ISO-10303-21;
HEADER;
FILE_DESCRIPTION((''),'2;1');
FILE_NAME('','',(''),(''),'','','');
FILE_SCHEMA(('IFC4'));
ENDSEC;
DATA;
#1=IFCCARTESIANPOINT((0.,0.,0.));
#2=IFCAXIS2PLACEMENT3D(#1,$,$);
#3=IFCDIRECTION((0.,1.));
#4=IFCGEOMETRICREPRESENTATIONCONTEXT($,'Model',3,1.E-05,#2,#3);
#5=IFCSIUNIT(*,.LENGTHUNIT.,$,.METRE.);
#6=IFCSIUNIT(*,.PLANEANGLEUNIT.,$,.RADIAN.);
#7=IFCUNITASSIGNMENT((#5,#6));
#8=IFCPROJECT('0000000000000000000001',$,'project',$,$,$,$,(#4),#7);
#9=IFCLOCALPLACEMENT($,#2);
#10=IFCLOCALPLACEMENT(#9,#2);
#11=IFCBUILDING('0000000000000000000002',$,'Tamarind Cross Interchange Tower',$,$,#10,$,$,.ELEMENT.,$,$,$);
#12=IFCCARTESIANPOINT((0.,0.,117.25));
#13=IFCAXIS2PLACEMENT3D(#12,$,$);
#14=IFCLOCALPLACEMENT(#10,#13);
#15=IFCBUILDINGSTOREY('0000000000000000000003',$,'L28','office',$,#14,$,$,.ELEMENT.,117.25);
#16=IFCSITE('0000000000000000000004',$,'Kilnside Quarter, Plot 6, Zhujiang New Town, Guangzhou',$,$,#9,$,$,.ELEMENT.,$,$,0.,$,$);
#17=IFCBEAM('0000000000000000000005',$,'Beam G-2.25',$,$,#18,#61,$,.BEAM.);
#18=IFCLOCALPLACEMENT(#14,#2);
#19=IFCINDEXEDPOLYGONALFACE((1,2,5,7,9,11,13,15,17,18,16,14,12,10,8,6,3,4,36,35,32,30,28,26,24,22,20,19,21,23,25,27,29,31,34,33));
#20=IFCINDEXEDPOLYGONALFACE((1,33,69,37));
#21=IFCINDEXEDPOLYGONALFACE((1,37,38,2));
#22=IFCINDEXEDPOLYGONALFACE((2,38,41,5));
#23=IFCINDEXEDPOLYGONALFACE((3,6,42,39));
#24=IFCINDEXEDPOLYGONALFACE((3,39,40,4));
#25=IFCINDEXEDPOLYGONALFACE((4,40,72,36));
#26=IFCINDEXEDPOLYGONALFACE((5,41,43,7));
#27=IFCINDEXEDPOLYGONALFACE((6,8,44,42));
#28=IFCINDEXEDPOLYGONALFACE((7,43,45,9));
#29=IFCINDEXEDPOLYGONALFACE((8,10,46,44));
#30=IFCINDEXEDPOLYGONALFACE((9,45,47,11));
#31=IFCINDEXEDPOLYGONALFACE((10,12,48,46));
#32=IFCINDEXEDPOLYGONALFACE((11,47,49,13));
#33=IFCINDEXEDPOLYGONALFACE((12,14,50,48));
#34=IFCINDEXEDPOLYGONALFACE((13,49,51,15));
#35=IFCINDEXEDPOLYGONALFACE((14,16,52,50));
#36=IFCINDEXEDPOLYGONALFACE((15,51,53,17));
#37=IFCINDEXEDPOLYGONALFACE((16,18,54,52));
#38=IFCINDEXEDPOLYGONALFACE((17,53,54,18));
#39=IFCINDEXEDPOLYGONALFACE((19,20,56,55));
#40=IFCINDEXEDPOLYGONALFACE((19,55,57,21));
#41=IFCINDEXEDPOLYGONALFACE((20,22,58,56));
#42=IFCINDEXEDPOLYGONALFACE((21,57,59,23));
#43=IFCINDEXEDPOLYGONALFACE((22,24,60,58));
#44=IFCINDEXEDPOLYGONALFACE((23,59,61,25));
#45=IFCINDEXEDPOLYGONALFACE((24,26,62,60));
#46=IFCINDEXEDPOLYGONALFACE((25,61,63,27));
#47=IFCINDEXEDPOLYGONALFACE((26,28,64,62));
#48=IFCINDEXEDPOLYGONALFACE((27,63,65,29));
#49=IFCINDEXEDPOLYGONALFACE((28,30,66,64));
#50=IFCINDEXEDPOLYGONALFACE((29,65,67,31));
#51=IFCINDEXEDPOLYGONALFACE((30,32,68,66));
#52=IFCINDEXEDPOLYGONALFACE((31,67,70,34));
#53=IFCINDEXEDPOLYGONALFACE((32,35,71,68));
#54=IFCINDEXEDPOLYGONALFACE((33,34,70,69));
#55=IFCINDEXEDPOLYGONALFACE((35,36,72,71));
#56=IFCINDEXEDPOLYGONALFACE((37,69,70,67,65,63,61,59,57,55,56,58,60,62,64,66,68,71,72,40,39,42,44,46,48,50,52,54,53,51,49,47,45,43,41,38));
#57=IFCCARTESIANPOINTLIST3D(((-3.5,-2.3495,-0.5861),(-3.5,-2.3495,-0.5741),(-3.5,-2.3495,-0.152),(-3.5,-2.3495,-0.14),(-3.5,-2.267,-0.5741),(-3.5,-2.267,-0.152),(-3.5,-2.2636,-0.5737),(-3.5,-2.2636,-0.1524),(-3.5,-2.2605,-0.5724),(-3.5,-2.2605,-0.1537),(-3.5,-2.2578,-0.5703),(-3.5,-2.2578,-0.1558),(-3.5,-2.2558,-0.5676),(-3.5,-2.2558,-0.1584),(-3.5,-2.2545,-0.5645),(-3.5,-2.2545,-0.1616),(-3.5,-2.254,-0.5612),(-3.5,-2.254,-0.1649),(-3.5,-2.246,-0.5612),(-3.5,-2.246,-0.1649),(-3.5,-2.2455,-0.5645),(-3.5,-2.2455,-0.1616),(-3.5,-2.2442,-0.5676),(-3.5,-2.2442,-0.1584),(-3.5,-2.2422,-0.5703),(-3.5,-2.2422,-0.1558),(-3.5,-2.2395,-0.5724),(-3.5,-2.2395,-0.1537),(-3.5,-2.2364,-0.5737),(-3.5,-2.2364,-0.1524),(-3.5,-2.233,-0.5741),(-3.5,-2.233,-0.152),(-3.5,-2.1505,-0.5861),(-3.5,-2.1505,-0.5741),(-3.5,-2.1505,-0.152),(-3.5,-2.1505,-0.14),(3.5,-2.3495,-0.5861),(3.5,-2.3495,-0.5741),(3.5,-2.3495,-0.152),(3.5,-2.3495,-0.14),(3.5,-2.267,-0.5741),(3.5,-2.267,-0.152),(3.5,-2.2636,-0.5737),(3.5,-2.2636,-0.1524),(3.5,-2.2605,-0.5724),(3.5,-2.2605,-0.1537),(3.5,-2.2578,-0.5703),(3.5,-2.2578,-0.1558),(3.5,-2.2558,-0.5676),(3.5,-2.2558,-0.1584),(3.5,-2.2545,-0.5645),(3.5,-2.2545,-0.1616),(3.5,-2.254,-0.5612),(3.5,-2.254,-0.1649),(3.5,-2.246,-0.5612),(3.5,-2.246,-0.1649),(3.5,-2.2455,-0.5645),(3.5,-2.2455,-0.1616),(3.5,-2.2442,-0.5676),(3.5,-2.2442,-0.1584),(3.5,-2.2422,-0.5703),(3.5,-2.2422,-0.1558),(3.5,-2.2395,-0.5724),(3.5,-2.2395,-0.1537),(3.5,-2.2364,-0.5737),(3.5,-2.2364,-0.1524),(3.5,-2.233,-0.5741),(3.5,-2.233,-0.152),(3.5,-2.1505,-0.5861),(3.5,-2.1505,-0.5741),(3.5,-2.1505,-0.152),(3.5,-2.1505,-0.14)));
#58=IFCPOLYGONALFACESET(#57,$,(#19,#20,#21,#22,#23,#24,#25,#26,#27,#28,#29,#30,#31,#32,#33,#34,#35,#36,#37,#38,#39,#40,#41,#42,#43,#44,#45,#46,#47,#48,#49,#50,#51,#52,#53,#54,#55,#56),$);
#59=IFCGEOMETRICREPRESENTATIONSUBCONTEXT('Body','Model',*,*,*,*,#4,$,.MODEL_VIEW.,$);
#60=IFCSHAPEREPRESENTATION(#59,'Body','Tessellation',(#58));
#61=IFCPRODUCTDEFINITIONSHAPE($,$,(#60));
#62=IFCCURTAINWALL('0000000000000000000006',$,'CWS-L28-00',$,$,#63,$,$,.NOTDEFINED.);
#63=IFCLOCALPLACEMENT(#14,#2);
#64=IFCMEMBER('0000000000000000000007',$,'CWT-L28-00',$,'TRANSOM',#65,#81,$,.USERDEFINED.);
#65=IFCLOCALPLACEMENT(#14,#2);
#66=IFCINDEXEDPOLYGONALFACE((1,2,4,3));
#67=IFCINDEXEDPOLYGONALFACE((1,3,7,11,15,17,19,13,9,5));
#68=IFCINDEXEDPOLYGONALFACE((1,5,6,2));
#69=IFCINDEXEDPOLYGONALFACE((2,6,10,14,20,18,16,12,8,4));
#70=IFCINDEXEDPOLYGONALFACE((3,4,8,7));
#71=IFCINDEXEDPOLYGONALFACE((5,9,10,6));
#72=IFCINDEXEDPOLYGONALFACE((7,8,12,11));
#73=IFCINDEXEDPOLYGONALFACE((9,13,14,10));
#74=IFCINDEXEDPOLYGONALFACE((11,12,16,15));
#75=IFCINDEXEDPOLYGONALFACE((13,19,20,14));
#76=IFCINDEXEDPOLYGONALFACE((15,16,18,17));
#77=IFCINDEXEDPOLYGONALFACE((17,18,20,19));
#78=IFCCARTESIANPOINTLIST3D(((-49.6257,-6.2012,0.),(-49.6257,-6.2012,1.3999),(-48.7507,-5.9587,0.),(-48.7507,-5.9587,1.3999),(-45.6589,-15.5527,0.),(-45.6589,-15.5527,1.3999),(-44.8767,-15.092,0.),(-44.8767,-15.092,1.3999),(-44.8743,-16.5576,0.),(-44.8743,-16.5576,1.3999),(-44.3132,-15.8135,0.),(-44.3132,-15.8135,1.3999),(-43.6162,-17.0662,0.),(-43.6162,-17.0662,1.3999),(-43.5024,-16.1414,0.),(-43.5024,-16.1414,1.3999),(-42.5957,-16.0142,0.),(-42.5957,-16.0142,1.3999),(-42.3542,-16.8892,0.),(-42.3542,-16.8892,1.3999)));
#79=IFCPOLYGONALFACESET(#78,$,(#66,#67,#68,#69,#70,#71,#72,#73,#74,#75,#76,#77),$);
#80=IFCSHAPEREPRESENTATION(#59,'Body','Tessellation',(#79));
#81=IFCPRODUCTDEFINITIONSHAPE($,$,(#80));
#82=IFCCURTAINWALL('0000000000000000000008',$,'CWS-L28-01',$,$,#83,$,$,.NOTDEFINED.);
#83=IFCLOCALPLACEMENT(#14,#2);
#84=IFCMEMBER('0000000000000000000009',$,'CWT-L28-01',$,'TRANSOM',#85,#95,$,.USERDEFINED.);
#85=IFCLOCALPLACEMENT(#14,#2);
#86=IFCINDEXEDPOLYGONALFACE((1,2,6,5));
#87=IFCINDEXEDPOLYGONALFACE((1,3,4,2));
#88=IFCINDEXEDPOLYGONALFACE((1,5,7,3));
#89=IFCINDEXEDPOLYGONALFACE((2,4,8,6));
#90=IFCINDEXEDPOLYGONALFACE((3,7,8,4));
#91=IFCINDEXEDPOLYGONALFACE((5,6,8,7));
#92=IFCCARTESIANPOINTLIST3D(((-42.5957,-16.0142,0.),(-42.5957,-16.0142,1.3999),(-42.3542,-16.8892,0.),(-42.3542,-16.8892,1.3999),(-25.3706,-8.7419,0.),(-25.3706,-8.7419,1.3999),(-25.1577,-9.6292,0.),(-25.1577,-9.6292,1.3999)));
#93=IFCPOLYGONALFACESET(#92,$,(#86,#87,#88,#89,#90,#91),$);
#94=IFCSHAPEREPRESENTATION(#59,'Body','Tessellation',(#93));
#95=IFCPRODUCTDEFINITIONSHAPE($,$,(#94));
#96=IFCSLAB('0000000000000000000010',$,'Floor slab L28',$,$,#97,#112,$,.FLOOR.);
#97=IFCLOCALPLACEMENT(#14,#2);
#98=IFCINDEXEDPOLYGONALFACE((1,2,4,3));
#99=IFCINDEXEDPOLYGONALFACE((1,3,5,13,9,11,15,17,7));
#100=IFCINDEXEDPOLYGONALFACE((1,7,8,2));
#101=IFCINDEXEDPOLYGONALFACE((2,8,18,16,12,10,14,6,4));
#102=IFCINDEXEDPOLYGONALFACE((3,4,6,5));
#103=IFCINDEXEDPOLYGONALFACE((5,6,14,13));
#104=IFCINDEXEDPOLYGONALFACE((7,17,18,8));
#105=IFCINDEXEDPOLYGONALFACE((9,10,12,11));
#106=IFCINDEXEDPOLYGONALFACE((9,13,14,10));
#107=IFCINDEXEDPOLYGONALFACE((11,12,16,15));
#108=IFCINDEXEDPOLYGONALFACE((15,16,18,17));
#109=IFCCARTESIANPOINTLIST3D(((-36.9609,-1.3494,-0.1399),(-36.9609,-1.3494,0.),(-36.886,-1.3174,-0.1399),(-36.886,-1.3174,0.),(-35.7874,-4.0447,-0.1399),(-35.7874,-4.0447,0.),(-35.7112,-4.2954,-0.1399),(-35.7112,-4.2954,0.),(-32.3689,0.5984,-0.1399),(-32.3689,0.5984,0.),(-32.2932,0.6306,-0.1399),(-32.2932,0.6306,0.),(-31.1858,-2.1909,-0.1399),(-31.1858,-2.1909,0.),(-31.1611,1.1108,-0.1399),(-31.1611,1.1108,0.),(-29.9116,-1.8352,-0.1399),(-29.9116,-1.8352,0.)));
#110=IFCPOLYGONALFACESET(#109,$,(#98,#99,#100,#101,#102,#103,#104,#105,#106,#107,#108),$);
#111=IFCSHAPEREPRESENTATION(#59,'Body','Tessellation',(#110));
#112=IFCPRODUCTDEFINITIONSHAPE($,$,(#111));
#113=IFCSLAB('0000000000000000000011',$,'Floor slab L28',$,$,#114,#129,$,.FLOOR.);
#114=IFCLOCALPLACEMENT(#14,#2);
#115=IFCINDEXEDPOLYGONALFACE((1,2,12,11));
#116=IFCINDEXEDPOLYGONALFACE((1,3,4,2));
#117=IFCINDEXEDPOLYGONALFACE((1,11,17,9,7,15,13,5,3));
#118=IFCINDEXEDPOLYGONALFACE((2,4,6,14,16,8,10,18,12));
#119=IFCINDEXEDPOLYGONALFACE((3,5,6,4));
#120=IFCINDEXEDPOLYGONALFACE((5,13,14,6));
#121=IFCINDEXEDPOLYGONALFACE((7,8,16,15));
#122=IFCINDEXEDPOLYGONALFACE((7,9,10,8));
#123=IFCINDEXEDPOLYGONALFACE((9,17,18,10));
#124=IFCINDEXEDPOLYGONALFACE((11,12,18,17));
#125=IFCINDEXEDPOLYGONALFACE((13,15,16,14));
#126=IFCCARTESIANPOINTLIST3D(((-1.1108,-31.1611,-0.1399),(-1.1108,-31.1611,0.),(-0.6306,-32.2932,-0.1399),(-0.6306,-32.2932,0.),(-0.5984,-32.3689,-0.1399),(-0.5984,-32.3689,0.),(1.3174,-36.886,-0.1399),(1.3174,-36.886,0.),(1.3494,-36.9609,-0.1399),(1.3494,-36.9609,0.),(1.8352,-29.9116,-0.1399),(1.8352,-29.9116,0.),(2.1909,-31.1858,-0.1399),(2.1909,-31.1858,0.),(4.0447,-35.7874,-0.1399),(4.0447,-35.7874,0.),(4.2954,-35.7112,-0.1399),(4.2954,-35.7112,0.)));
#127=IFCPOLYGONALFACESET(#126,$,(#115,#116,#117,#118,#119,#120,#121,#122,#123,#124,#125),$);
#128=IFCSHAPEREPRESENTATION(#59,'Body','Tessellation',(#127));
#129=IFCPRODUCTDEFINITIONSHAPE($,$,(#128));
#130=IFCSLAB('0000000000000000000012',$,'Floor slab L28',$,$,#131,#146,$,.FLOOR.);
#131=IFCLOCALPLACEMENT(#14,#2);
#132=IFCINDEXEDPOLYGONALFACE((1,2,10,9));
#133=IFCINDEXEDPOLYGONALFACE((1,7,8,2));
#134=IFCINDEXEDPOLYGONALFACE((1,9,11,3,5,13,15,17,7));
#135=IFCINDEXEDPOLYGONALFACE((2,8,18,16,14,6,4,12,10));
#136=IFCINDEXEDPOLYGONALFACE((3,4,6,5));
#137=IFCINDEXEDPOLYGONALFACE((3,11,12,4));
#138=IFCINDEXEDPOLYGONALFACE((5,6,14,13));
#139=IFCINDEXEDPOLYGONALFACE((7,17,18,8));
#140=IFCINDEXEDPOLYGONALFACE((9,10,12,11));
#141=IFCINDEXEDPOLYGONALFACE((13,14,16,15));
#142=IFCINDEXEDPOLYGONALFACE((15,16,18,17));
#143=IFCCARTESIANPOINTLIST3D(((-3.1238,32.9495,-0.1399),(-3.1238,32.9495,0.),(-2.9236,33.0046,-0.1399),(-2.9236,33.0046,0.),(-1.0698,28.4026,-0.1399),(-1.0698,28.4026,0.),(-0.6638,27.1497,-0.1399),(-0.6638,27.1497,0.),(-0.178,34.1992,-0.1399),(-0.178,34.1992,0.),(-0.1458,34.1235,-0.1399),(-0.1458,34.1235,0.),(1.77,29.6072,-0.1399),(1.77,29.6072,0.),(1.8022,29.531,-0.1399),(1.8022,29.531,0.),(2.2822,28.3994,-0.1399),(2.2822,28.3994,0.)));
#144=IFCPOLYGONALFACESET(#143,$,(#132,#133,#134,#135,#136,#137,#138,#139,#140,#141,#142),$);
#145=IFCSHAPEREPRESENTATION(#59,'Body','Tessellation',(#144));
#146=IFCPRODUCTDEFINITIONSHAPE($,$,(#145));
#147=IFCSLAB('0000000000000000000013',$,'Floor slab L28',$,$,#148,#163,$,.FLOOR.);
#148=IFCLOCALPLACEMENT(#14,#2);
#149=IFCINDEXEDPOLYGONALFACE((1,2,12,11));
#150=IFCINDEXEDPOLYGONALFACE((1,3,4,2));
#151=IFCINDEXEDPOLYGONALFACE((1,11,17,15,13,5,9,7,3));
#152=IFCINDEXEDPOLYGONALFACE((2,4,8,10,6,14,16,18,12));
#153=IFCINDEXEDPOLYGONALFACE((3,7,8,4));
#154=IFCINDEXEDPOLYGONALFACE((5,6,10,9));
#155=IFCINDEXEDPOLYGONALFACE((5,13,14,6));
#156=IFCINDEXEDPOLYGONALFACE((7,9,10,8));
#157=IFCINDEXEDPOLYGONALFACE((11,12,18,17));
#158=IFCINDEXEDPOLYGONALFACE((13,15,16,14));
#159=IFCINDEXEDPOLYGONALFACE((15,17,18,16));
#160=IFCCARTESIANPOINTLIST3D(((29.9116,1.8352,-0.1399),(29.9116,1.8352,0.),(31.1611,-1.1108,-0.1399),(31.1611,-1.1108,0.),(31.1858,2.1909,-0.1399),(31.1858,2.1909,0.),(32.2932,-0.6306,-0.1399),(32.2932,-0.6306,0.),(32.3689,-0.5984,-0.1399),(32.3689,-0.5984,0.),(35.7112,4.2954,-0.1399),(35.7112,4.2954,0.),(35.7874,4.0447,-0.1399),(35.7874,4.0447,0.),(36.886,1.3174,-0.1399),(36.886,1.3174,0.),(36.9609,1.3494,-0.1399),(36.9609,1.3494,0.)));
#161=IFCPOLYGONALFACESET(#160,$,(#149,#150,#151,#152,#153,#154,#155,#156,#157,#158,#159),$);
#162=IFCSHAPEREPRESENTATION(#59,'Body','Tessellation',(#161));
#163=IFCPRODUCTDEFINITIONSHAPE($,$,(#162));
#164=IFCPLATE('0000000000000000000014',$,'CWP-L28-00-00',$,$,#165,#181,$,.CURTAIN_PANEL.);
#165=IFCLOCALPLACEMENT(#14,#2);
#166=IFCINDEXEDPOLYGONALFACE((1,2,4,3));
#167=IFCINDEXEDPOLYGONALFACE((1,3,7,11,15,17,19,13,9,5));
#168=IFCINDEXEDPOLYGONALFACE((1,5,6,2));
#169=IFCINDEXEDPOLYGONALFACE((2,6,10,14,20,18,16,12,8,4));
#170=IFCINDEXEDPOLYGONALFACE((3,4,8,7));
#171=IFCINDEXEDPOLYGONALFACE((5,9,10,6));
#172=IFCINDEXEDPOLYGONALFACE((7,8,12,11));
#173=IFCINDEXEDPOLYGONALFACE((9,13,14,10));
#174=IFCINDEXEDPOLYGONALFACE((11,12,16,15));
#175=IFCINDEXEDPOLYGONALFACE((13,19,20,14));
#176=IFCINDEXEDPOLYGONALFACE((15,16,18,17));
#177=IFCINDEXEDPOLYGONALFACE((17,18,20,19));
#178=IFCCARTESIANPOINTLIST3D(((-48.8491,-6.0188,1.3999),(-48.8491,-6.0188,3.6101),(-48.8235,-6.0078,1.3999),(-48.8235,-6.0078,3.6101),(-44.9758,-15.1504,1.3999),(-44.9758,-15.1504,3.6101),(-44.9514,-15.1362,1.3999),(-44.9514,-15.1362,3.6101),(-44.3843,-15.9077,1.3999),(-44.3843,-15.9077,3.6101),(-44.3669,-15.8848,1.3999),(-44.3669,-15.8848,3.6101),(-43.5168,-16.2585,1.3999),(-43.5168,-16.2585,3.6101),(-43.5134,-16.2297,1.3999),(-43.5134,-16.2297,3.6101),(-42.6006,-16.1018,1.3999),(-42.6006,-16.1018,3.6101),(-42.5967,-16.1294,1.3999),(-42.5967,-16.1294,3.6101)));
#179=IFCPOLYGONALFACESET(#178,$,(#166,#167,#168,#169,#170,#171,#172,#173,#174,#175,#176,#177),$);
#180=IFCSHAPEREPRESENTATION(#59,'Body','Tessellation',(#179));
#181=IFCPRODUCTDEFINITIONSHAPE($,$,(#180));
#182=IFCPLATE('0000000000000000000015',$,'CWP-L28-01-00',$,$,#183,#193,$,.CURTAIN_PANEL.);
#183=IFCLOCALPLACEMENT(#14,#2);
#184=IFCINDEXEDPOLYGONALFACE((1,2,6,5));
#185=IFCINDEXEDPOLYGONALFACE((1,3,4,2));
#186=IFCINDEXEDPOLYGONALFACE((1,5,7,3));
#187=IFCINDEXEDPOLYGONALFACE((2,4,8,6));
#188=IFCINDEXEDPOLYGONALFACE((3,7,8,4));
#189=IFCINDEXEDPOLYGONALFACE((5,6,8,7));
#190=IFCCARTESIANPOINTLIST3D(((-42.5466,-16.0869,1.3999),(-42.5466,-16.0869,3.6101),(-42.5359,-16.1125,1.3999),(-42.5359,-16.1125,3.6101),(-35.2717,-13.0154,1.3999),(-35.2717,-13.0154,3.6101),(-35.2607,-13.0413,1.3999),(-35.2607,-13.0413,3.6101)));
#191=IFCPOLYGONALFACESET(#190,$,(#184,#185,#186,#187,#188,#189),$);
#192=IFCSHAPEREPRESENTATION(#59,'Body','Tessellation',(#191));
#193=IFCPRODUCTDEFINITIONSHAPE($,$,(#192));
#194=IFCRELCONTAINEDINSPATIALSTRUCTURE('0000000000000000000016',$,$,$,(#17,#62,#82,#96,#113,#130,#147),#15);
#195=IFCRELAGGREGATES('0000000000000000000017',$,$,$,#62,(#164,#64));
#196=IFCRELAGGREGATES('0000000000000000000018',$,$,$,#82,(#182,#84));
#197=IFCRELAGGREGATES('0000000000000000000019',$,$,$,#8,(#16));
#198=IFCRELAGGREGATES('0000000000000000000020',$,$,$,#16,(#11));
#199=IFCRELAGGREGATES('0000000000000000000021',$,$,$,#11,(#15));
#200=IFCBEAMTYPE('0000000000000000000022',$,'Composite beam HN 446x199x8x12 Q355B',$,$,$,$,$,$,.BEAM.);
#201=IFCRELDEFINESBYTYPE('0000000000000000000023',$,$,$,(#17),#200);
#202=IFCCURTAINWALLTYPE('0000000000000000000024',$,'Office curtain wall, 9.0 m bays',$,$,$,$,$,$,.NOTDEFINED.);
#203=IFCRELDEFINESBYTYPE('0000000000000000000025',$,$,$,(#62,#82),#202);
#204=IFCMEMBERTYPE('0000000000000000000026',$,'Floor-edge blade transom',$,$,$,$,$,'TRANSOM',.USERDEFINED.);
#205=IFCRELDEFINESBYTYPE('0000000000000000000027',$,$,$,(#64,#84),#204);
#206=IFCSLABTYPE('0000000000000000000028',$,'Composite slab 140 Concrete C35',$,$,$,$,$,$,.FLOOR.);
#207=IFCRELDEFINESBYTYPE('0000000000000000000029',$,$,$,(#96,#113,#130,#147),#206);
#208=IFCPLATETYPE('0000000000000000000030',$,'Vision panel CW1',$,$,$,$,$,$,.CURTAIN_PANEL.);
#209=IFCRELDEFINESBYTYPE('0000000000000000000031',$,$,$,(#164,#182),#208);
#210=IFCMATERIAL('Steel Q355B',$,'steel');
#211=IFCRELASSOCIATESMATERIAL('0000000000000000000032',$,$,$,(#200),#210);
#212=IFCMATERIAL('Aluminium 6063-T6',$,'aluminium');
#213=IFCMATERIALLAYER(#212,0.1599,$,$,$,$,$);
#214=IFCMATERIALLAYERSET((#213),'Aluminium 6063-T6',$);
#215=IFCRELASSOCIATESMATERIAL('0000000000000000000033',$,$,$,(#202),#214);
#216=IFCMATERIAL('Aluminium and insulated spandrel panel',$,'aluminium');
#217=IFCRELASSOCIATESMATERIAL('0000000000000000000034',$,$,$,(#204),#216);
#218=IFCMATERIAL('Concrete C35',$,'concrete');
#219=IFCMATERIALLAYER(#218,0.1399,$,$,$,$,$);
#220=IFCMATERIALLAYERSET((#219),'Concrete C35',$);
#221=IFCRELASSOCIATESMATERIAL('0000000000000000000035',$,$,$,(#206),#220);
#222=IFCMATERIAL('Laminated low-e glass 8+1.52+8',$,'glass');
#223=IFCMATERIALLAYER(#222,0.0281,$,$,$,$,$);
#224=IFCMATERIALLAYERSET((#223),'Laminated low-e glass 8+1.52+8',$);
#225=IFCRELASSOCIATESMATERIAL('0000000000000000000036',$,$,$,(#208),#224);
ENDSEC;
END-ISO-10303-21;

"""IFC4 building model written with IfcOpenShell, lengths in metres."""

from ifc_helpers import new_model, si_unit, direction, frame, origin, origin_2d, place, context, subcontext, project, spatial, polyline, i_section, outline, extrude, material, layer, layer_set, material_profile, profile_set, type_object, element, aggregate, save


model = new_model("IFC4")

# Units and contexts
model_context = context("Model", 3, precision=1e-05, world=origin(), true_north=direction((0.0, 1.0)))
body_context = subcontext(model_context, "Body", "Model", "MODEL_VIEW")
ifc_project = project(units=[si_unit("LENGTHUNIT", "METRE"), si_unit("PLANEANGLEUNIT", "RADIAN")], contexts=[model_context])

# Site, building, storey
site_placement = place(None, origin())
site = spatial("IfcSite", under=ifc_project, at=site_placement, Name="Kilnside Quarter, Plot 6, Zhujiang New Town, Guangzhou", CompositionType="ELEMENT", RefElevation=0.0)
building_placement = place(site_placement, origin())
building = spatial("IfcBuilding", under=site, at=building_placement, Name="Tamarind Cross Interchange Tower", CompositionType="ELEMENT")
storey_placement = place(building_placement, frame((0.0, 0.0, 117.25)))
storey = spatial("IfcBuildingStorey", under=building, at=storey_placement, Name="L28", Description="office", CompositionType="ELEMENT", Elevation=117.25)

# Beam
ifc_material_1 = material(Name="Steel Q355B", Category="steel")
ifc_material_profile = material_profile(ifc_material_1, i_section(OverallWidth=0.199, OverallDepth=0.446, WebThickness=0.0081, FlangeThickness=0.012, FilletRadius=0.0129, at=origin_2d()), Name="HN 446x199x8x12")
ifc_profile_set = profile_set([ifc_material_profile], Name="Steel Q355B")
beam_type = type_object("IfcBeamType", Name="Composite beam HN 446x199x8x12 Q355B", PredefinedType="BEAM", material=ifc_profile_set)
beam_placement = place(storey_placement, frame((-3.5, -2.25, -0.363), z_axis=(1.0, 0.0, 0.0), x_axis=(0.0, 1.0, 0.0)))
element("IfcBeam", 1, at=beam_placement, inside=storey, type_object=beam_type, Name="Beam G-2.25", PredefinedType="BEAM", context=body_context, shape_type="SweptSolid", body=[
    extrude(i_section(OverallWidth=0.199, OverallDepth=0.446, WebThickness=0.0081, FlangeThickness=0.012, FilletRadius=0.0129, at=origin_2d()), origin(), (0.0, 0.0, 1.0), 7.0),
])

# Curtain walls, members
ifc_material_2 = material(Name="Aluminium 6063-T6", Category="aluminium")
ifc_layer_1 = layer(ifc_material_2, 0.1599)
ifc_layer_set_1 = layer_set([ifc_layer_1], Name="Aluminium 6063-T6")
curtain_wall_type = type_object("IfcCurtainWallType", Name="Office curtain wall, 9.0 m bays", PredefinedType="NOTDEFINED", material=ifc_layer_set_1)
curtain_wall_1_placement = place(storey_placement, origin())
curtain_wall_1 = element("IfcCurtainWall", 2, at=curtain_wall_1_placement, inside=storey, type_object=curtain_wall_type, Name="CWS-L28-00", PredefinedType="NOTDEFINED")
ifc_material_3 = material(Name="Aluminium and insulated spandrel panel", Category="aluminium")
member_type = type_object("IfcMemberType", Name="Floor-edge blade transom", ElementType="TRANSOM", PredefinedType="USERDEFINED", material=ifc_material_3)
member_1_placement = place(storey_placement, origin())
member_1 = element("IfcMember", 3, at=member_1_placement, type_object=member_type, Name="CWT-L28-00", ObjectType="TRANSOM", PredefinedType="USERDEFINED", context=body_context, shape_type="SweptSolid", body=[
    extrude(outline(polyline([(-48.7507, -5.9587), (-44.8767, -15.092), (-44.3132, -15.8135), (-43.5024, -16.1414), (-42.5957, -16.0142), (-42.3542, -16.8892), (-43.6162, -17.0662), (-44.8743, -16.5576), (-45.6589, -15.5527), (-49.6257, -6.2012), (-48.7507, -5.9587)])), origin(), (0.0, 0.0, 1.0), 1.3999),
])
curtain_wall_2_placement = place(storey_placement, origin())
curtain_wall_2 = element("IfcCurtainWall", 4, at=curtain_wall_2_placement, inside=storey, type_object=curtain_wall_type, Name="CWS-L28-01", PredefinedType="NOTDEFINED")
member_2_placement = place(storey_placement, origin())
member_2 = element("IfcMember", 5, at=member_2_placement, type_object=member_type, Name="CWT-L28-01", ObjectType="TRANSOM", PredefinedType="USERDEFINED", context=body_context, shape_type="SweptSolid", body=[
    extrude(outline(polyline([(-42.5957, -16.0142), (-25.3706, -8.7419), (-25.1577, -9.6292), (-42.3542, -16.8892), (-42.5957, -16.0142)])), origin(), (0.0, 0.0, 1.0), 1.3999),
])

# Slabs
ifc_material_4 = material(Name="Concrete C35", Category="concrete")
ifc_layer_2 = layer(ifc_material_4, 0.1399)
ifc_layer_set_2 = layer_set([ifc_layer_2], Name="Concrete C35")
slab_type = type_object("IfcSlabType", Name="Composite slab 140 Concrete C35", PredefinedType="FLOOR", material=ifc_layer_set_2)
slab_1_placement = place(storey_placement, frame((0.0, 0.0, -0.1399)))
element("IfcSlab", 6, at=slab_1_placement, inside=storey, type_object=slab_type, Name="Floor slab L28", PredefinedType="FLOOR", context=body_context, shape_type="SweptSolid", body=[
    extrude(outline(polyline([(-35.7874, -4.0447), (-36.886, -1.3174), (-36.9609, -1.3494), (-35.7112, -4.2954), (-29.9116, -1.8352), (-31.1611, 1.1108), (-32.2932, 0.6306), (-32.3689, 0.5984), (-31.1858, -2.1909), (-35.7874, -4.0447)])), origin(), (0.0, 0.0, 1.0), 0.1399),
])
slab_2_placement = place(storey_placement, frame((0.0, 0.0, -0.1399)))
element("IfcSlab", 7, at=slab_2_placement, inside=storey, type_object=slab_type, Name="Floor slab L28", PredefinedType="FLOOR", context=body_context, shape_type="SweptSolid", body=[
    extrude(outline(polyline([(1.3494, -36.9609), (4.2954, -35.7112), (1.8352, -29.9116), (-1.1108, -31.1611), (-0.6306, -32.2932), (-0.5984, -32.3689), (2.1909, -31.1858), (4.0447, -35.7874), (1.3174, -36.886), (1.3494, -36.9609)])), origin(), (0.0, 0.0, 1.0), 0.1399),
])
slab_3_placement = place(storey_placement, frame((0.0, 0.0, -0.1399)))
element("IfcSlab", 8, at=slab_3_placement, inside=storey, type_object=slab_type, Name="Floor slab L28", PredefinedType="FLOOR", context=body_context, shape_type="SweptSolid", body=[
    extrude(outline(polyline([(-0.6638, 27.1497), (2.2822, 28.3994), (1.8022, 29.531), (1.77, 29.6072), (-1.0698, 28.4026), (-2.9236, 33.0046), (-0.1458, 34.1235), (-0.178, 34.1992), (-3.1238, 32.9495), (-0.6638, 27.1497)])), origin(), (0.0, 0.0, 1.0), 0.1399),
])
slab_4_placement = place(storey_placement, frame((0.0, 0.0, -0.1399)))
element("IfcSlab", 9, at=slab_4_placement, inside=storey, type_object=slab_type, Name="Floor slab L28", PredefinedType="FLOOR", context=body_context, shape_type="SweptSolid", body=[
    extrude(outline(polyline([(35.7874, 4.0447), (36.886, 1.3174), (36.9609, 1.3494), (35.7112, 4.2954), (29.9116, 1.8352), (31.1611, -1.1108), (32.2932, -0.6306), (32.3689, -0.5984), (31.1858, 2.1909), (35.7874, 4.0447)])), origin(), (0.0, 0.0, 1.0), 0.1399),
])

# Plates
ifc_material_5 = material(Name="Laminated low-e glass 8+1.52+8", Category="glass")
ifc_layer_3 = layer(ifc_material_5, 0.0281)
ifc_layer_set_3 = layer_set([ifc_layer_3], Name="Laminated low-e glass 8+1.52+8")
plate_type = type_object("IfcPlateType", Name="Vision panel CW1", PredefinedType="CURTAIN_PANEL", material=ifc_layer_set_3)
plate_1_placement = place(storey_placement, frame((0.0, 0.0, 1.3999)))
plate_1 = element("IfcPlate", 10, at=plate_1_placement, type_object=plate_type, Name="CWP-L28-00-00", PredefinedType="CURTAIN_PANEL", context=body_context, shape_type="SweptSolid", body=[
    extrude(outline(polyline([(-48.8235, -6.0078), (-44.9514, -15.1362), (-44.3669, -15.8848), (-43.5134, -16.2297), (-42.6006, -16.1018), (-42.5967, -16.1294), (-43.5168, -16.2585), (-44.3843, -15.9077), (-44.9758, -15.1504), (-48.8491, -6.0188), (-48.8235, -6.0078)])), origin(), (0.0, 0.0, 1.0), 2.2102),
])
aggregate(curtain_wall_1, [plate_1, member_1])
plate_2_placement = place(storey_placement, frame((0.0, 0.0, 1.3999)))
plate_2 = element("IfcPlate", 11, at=plate_2_placement, type_object=plate_type, Name="CWP-L28-01-00", PredefinedType="CURTAIN_PANEL", context=body_context, shape_type="SweptSolid", body=[
    extrude(outline(polyline([(-42.5466, -16.0869), (-35.2717, -13.0154), (-35.2607, -13.0413), (-42.5359, -16.1125), (-42.5466, -16.0869)])), origin(), (0.0, 0.0, 1.0), 2.2102),
])
aggregate(curtain_wall_2, [plate_2, member_2])

save(model, "model.ifc")
